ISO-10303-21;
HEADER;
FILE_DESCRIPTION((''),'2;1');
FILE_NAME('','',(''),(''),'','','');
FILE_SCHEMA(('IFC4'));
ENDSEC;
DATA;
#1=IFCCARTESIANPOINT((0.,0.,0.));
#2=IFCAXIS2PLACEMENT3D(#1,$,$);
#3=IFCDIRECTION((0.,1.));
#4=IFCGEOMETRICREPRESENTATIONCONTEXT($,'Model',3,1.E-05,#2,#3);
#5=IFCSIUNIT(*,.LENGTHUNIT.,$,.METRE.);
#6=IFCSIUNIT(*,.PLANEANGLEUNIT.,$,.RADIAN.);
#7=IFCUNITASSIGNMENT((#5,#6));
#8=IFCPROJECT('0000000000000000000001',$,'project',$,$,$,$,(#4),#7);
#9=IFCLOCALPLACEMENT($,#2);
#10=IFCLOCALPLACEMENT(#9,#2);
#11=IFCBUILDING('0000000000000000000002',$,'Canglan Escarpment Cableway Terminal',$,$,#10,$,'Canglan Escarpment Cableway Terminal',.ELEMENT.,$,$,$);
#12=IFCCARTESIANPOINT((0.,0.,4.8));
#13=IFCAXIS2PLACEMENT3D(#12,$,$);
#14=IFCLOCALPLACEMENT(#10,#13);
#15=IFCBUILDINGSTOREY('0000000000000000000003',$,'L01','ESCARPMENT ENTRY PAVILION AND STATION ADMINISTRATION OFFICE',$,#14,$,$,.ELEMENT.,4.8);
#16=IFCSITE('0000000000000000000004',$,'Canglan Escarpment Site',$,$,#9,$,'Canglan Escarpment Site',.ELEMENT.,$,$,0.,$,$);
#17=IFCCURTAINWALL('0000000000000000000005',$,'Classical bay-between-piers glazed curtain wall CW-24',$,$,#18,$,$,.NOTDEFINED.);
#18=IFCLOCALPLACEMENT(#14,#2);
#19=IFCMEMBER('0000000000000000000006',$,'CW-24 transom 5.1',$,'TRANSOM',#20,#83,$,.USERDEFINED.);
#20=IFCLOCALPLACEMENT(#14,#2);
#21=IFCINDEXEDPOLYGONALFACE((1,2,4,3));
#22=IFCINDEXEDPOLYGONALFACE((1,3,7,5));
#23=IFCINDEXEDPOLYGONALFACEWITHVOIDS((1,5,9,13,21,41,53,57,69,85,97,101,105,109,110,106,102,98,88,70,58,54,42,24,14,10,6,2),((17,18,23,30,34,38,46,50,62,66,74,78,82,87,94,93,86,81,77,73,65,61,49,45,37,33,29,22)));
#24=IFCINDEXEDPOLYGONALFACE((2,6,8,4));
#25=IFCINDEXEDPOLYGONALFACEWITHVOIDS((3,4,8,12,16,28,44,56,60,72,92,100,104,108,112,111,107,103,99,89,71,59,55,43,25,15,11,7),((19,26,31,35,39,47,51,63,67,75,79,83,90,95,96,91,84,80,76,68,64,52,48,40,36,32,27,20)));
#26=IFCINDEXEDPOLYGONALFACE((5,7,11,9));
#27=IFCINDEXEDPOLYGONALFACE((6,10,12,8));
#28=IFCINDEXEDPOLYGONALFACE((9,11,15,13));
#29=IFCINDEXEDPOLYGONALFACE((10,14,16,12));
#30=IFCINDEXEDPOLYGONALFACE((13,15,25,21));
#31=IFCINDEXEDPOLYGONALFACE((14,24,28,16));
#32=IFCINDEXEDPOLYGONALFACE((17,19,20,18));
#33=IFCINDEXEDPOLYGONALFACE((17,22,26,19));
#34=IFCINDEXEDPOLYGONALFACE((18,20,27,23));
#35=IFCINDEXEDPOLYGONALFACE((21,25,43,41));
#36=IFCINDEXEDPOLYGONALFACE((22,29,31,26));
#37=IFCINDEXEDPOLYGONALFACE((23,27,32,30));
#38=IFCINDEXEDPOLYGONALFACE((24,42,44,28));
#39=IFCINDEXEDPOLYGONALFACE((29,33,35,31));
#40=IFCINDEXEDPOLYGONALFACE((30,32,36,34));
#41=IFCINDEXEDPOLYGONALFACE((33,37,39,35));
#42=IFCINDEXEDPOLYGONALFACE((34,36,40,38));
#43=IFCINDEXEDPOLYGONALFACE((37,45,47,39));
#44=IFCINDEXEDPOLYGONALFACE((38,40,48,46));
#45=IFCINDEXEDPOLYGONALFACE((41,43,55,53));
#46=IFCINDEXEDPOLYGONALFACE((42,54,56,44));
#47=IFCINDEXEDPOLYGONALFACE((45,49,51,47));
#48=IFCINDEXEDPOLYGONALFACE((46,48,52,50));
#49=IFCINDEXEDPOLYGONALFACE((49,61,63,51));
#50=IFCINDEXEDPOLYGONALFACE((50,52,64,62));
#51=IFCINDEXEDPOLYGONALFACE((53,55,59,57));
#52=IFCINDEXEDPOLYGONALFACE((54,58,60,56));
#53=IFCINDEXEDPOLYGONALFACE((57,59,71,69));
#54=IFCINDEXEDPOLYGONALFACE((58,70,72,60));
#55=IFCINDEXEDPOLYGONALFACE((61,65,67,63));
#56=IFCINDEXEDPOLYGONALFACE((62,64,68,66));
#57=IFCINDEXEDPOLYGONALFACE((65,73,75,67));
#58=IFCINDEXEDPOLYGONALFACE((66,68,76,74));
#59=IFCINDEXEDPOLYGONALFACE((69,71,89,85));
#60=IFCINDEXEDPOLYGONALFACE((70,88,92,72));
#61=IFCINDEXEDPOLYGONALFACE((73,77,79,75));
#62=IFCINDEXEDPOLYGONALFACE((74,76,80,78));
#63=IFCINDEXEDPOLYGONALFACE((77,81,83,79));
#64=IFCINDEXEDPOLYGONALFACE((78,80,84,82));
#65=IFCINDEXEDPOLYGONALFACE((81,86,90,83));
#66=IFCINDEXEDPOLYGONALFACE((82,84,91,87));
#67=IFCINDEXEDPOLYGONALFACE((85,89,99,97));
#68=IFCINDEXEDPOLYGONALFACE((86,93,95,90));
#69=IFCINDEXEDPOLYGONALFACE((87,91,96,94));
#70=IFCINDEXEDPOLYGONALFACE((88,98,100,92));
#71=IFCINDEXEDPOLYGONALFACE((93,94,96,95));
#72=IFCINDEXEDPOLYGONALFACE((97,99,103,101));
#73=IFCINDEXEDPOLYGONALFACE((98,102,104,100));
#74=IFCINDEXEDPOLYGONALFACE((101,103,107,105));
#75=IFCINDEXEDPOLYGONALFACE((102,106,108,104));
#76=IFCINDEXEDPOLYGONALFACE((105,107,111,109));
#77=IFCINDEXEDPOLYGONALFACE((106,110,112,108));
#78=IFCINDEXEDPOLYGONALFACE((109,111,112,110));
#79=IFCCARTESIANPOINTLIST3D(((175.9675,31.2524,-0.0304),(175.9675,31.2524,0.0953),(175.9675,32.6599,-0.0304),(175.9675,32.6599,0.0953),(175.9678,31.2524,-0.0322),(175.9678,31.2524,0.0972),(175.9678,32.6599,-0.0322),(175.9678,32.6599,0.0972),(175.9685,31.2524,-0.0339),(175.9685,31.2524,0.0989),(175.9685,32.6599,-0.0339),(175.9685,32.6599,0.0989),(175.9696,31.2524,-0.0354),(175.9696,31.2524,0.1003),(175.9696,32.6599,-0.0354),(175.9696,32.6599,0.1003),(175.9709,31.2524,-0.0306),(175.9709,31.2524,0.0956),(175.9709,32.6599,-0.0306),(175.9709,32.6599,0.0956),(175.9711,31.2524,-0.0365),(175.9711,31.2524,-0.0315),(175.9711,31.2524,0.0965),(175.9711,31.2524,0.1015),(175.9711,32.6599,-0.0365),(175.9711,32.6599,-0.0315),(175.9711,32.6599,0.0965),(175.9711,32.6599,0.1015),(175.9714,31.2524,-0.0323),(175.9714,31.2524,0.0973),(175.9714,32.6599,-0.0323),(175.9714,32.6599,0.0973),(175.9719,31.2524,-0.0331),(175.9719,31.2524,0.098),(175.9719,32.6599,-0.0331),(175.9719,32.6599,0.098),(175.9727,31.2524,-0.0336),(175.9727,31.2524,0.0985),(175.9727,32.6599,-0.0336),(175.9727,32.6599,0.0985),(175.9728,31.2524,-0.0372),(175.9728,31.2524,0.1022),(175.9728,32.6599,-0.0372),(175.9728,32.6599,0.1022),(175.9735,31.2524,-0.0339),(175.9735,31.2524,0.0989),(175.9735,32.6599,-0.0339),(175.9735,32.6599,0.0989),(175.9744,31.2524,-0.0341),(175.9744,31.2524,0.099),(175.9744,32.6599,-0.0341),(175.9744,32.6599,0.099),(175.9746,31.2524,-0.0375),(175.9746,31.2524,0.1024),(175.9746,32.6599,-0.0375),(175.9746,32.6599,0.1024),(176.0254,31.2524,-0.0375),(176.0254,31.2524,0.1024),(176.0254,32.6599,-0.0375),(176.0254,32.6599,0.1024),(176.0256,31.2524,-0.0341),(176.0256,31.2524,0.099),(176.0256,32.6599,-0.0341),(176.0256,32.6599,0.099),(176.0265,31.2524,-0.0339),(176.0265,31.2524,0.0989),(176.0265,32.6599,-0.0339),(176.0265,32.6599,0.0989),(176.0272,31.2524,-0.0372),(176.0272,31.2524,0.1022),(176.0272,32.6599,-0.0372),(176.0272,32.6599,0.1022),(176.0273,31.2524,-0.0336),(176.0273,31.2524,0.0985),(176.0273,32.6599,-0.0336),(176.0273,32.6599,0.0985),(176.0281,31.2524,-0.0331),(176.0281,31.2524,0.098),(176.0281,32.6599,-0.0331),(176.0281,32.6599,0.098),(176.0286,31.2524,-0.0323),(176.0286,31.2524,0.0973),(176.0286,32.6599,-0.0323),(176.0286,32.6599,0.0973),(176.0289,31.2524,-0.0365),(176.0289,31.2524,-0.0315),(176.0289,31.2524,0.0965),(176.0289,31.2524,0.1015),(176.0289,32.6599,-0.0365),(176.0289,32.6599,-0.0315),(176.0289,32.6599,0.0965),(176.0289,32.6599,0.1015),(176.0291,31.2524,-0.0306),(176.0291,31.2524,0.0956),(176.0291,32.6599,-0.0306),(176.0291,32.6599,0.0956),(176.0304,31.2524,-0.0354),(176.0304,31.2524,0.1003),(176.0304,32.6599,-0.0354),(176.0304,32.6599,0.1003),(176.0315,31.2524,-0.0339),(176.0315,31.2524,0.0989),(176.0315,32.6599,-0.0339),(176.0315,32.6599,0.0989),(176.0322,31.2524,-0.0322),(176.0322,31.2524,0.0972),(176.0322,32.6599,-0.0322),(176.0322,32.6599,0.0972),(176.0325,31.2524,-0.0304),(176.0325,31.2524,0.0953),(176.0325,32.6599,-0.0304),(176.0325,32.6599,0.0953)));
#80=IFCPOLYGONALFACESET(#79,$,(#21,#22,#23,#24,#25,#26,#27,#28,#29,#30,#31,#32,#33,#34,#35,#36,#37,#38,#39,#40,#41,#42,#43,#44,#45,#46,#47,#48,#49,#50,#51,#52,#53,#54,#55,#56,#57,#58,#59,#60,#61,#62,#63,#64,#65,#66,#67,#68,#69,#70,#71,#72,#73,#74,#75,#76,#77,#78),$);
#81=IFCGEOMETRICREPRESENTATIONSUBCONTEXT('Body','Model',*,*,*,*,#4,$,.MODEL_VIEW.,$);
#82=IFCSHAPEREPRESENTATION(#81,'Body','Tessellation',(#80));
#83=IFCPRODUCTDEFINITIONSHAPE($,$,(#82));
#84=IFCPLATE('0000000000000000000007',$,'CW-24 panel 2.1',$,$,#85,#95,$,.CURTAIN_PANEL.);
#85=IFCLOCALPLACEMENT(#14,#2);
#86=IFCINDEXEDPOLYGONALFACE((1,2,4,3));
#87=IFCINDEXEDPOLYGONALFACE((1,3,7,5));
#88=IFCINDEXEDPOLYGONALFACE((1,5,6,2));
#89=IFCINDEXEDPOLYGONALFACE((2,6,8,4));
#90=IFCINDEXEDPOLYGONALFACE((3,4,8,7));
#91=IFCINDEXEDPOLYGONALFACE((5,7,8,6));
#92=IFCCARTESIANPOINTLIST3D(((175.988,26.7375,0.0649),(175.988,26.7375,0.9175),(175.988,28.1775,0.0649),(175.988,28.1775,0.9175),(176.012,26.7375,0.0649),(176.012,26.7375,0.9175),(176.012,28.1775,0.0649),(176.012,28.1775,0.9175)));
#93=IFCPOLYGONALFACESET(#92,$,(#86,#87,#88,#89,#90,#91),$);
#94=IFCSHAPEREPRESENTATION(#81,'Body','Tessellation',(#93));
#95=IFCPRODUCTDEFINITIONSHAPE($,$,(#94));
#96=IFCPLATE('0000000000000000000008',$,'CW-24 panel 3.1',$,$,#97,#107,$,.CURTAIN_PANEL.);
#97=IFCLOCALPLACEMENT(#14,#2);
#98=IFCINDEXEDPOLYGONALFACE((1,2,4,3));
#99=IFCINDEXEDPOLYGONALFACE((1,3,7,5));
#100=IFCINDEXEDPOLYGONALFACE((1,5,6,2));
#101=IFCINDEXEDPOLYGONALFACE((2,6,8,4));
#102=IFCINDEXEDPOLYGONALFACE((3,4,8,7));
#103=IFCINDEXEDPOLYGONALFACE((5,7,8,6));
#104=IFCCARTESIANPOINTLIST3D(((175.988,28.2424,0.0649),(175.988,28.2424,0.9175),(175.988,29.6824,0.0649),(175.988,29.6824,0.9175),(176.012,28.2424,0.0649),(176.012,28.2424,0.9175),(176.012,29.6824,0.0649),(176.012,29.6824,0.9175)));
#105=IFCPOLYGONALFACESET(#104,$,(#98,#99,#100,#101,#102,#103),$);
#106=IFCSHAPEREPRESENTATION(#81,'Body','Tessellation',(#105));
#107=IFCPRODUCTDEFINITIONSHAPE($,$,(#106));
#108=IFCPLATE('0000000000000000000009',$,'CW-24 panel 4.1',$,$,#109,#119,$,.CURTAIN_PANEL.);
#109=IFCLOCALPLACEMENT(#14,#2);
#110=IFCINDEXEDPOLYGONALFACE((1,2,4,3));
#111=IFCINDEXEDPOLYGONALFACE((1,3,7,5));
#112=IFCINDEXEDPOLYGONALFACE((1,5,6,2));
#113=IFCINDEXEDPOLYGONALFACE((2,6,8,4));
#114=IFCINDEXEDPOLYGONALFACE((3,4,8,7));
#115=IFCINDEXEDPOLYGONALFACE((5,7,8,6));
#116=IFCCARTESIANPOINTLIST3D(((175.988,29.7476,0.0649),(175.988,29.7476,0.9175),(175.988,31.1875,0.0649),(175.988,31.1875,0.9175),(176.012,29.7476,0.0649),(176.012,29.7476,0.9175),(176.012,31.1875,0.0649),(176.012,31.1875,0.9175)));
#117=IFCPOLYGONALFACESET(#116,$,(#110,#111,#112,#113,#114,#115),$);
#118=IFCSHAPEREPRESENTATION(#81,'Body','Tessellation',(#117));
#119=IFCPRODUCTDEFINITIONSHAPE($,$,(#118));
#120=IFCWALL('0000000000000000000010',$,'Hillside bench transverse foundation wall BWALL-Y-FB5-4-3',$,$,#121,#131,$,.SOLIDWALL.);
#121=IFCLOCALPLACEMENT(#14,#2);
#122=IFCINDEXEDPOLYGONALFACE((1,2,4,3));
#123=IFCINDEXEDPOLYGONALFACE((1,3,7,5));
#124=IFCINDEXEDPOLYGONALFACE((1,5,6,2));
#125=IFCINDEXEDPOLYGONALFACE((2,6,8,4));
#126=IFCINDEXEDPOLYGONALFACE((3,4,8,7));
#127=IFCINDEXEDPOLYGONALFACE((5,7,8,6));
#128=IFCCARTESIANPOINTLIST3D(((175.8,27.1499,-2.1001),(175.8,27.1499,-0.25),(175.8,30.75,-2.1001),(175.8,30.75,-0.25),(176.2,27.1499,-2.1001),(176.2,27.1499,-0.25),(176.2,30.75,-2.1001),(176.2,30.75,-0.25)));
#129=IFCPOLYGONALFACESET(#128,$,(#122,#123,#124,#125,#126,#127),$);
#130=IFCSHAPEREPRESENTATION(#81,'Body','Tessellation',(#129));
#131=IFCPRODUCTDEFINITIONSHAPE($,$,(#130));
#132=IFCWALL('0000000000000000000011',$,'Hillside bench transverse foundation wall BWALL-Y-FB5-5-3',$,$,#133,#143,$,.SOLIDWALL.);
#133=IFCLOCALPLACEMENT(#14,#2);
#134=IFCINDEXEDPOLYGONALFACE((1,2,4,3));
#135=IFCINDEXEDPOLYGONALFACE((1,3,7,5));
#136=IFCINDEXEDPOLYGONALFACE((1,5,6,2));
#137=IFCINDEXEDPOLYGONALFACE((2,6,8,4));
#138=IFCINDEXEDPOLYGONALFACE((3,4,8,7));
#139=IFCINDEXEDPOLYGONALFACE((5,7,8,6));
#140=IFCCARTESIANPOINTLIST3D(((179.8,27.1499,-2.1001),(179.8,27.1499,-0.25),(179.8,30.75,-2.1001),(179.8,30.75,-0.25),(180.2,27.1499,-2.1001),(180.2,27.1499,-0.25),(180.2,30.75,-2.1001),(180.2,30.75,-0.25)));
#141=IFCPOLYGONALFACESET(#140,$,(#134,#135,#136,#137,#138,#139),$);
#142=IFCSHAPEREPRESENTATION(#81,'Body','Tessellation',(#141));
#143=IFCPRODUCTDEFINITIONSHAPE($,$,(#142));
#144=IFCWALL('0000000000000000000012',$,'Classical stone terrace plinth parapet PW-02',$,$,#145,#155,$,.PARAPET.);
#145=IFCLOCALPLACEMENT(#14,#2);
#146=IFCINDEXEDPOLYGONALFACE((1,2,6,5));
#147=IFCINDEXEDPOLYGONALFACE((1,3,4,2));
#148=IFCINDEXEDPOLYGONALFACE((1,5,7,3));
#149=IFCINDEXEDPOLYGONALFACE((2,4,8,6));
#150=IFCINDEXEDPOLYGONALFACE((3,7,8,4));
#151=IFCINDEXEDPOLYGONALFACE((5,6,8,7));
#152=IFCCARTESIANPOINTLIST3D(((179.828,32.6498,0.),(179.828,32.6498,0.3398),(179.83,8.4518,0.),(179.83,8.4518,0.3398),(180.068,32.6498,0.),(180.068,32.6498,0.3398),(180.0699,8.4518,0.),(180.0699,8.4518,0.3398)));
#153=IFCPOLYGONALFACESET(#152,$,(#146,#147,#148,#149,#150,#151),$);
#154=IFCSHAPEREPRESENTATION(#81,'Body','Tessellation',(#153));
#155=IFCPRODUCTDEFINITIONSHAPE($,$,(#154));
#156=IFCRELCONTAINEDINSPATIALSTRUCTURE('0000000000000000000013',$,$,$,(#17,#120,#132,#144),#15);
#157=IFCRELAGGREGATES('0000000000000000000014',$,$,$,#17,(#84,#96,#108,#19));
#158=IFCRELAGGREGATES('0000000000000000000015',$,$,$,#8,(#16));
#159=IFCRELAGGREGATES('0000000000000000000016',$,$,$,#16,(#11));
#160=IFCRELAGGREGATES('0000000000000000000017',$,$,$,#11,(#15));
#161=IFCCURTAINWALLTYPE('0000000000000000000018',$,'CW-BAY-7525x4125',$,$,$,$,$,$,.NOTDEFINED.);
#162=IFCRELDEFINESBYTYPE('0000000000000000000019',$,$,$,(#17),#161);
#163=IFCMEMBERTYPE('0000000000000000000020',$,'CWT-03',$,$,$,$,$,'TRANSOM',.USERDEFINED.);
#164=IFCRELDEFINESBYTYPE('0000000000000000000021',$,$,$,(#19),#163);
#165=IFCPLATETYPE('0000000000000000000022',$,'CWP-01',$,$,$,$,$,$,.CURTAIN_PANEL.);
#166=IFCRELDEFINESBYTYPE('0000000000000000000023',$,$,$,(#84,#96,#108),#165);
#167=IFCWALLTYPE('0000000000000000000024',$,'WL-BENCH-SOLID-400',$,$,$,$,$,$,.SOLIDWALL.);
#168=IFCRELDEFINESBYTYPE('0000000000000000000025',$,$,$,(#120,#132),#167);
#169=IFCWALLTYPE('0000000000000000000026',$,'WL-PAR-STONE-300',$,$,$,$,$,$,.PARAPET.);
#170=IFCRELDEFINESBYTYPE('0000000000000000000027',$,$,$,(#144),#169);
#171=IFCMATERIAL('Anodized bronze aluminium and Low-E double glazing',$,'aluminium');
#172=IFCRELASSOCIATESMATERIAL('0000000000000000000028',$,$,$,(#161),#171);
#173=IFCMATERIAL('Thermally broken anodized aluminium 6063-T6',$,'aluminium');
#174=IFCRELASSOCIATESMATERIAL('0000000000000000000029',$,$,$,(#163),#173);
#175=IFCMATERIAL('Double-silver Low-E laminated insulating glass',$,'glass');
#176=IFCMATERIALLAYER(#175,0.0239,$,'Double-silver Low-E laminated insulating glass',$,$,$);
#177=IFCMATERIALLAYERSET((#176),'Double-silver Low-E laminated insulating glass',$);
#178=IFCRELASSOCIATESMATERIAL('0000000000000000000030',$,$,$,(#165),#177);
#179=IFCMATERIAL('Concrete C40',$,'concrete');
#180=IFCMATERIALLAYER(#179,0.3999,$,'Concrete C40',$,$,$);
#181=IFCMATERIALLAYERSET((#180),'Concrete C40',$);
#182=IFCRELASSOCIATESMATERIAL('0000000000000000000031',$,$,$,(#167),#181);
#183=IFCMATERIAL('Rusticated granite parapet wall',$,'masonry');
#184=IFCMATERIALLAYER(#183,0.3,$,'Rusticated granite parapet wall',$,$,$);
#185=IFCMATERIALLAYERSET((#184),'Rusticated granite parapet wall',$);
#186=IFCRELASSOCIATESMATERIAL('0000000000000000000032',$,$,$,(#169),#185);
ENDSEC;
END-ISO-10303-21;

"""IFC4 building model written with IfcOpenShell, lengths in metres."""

from ifc_helpers import new_model, si_unit, direction, frame, frame_2d, origin, origin_2d, place, context, subcontext, project, spatial, rectangle, hollow_rectangle, extrude, material, layer, layer_set, material_profile, profile_set, type_object, element, aggregate, save


model = new_model("IFC4")

# Units and contexts
model_context = context("Model", 3, precision=1e-05, world=origin(), true_north=direction((0.0, 1.0)))
body_context = subcontext(model_context, "Body", "Model", "MODEL_VIEW")
ifc_project = project(units=[si_unit("LENGTHUNIT", "METRE"), si_unit("PLANEANGLEUNIT", "RADIAN")], contexts=[model_context])

# Site, building, storey
site_placement = place(None, origin())
site = spatial("IfcSite", under=ifc_project, at=site_placement, Name="Canglan Escarpment Site", LongName="Canglan Escarpment Site", CompositionType="ELEMENT", RefElevation=0.0)
building_placement = place(site_placement, origin())
building = spatial("IfcBuilding", under=site, at=building_placement, Name="Canglan Escarpment Cableway Terminal", LongName="Canglan Escarpment Cableway Terminal", CompositionType="ELEMENT")
storey_placement = place(building_placement, frame((0.0, 0.0, 4.8)))
storey = spatial("IfcBuildingStorey", under=building, at=storey_placement, Name="L01", Description="ESCARPMENT ENTRY PAVILION AND STATION ADMINISTRATION OFFICE", CompositionType="ELEMENT", Elevation=4.8)

# Shared definitions
ifc_material_1 = material(Name="Concrete C40", Category="concrete")

# Curtain wall, member, plates
ifc_material_2 = material(Name="Anodized bronze aluminium and Low-E double glazing", Category="aluminium")
curtain_wall_type = type_object("IfcCurtainWallType", Name="CW-BAY-7525x4125", PredefinedType="NOTDEFINED", material=ifc_material_2)
curtain_wall_placement = place(storey_placement, origin())
curtain_wall = element("IfcCurtainWall", 1, at=curtain_wall_placement, inside=storey, type_object=curtain_wall_type, Name="Classical bay-between-piers glazed curtain wall CW-24", PredefinedType="NOTDEFINED")
ifc_material_3 = material(Name="Thermally broken anodized aluminium 6063-T6", Category="aluminium")
ifc_material_profile_1 = material_profile(ifc_material_3, hollow_rectangle(XDim=0.0649, YDim=0.1399, WallThickness=0.0034, InnerFilletRadius=0.0034, OuterFilletRadius=0.0071, at=origin_2d()), Name="ALU-TRAN 65x140x3.5")
ifc_profile_set_1 = profile_set([ifc_material_profile_1], Name="Thermally broken anodized aluminium 6063-T6")
member_type_1 = type_object("IfcMemberType", Name="CWT-03", ElementType="TRANSOM", PredefinedType="USERDEFINED", material=ifc_profile_set_1)
member_1_placement = place(storey_placement, frame((176.0, 31.2524, 0.0325), z_axis=(0.0, 1.0, 0.0), x_axis=(-1.0, 0.0, 0.0)))
member_1 = element("IfcMember", 2, at=member_1_placement, type_object=member_type_1, Name="CW-24 transom 5.1", ObjectType="TRANSOM", PredefinedType="USERDEFINED", context=body_context, shape_type="SweptSolid", body=[
    extrude(hollow_rectangle(XDim=0.0649, YDim=0.1399, WallThickness=0.0034, InnerFilletRadius=0.0034, OuterFilletRadius=0.0071, at=origin_2d()), origin(), (0.0, 0.0, 1.0), 1.4075),
])
ifc_material_4 = material(Name="Double-silver Low-E laminated insulating glass", Category="glass")
ifc_layer_1 = layer(ifc_material_4, 0.0239, Name="Double-silver Low-E laminated insulating glass")
ifc_layer_set_1 = layer_set([ifc_layer_1], Name="Double-silver Low-E laminated insulating glass")
plate_type = type_object("IfcPlateType", Name="CWP-01", PredefinedType="CURTAIN_PANEL", material=ifc_layer_set_1)
plate_1_placement = place(storey_placement, frame((176.0, 27.4575, 0.0649), z_axis=(0.0, 0.0, 1.0), x_axis=(0.0, 1.0, 0.0)))
plate_1 = element("IfcPlate", 3, at=plate_1_placement, type_object=plate_type, Name="CW-24 panel 2.1", PredefinedType="CURTAIN_PANEL", context=body_context, shape_type="SweptSolid", body=[
    extrude(rectangle(XDim=1.4399, YDim=0.0239, at=origin_2d()), origin(), (0.0, 0.0, 1.0), 0.8525),
])
plate_2_placement = place(storey_placement, frame((176.0, 28.9624, 0.0649), z_axis=(0.0, 0.0, 1.0), x_axis=(0.0, 1.0, 0.0)))
plate_2 = element("IfcPlate", 4, at=plate_2_placement, type_object=plate_type, Name="CW-24 panel 3.1", PredefinedType="CURTAIN_PANEL", context=body_context, shape_type="SweptSolid", body=[
    extrude(rectangle(XDim=1.4399, YDim=0.0239, at=origin_2d()), origin(), (0.0, 0.0, 1.0), 0.8525),
])
plate_3_placement = place(storey_placement, frame((176.0, 30.4675, 0.0649), z_axis=(0.0, 0.0, 1.0), x_axis=(0.0, 1.0, 0.0)))
plate_3 = element("IfcPlate", 5, at=plate_3_placement, type_object=plate_type, Name="CW-24 panel 4.1", PredefinedType="CURTAIN_PANEL", context=body_context, shape_type="SweptSolid", body=[
    extrude(rectangle(XDim=1.4399, YDim=0.0239, at=origin_2d()), origin(), (0.0, 0.0, 1.0), 0.8525),
])
aggregate(curtain_wall, [plate_1, plate_2, plate_3, member_1])

# Walls
ifc_layer_2 = layer(ifc_material_1, 0.3999, Name="Concrete C40")
ifc_layer_set_2 = layer_set([ifc_layer_2], Name="Concrete C40")
wall_type_1 = type_object("IfcWallType", Name="WL-BENCH-SOLID-400", PredefinedType="SOLIDWALL", material=ifc_layer_set_2)
for number, where, z_axis, x_axis, name in (
    (6, (176.0, 27.1499, -2.1001), (0.0, 0.0, 1.0), (0.0, 1.0, 0.0), "Hillside bench transverse foundation wall BWALL-Y-FB5-4-3"),
    (7, (180.0, 27.1499, -2.1001), (0.0, 0.0, 1.0), (0.0, 1.0, 0.0), "Hillside bench transverse foundation wall BWALL-Y-FB5-5-3"),
):
    element("IfcWall", number, at=place(storey_placement, frame(where, z_axis=z_axis, x_axis=x_axis)), inside=storey, type_object=wall_type_1, Name=name, PredefinedType="SOLIDWALL", context=body_context, shape_type="SweptSolid", body=[
        extrude(rectangle(XDim=3.6001, YDim=0.3999, at=frame_2d((1.8, 0.0))), origin(), (0.0, 0.0, 1.0), 1.8501),
    ])
ifc_material_5 = material(Name="Rusticated granite parapet wall", Category="masonry")
ifc_layer_3 = layer(ifc_material_5, 0.3, Name="Rusticated granite parapet wall")
ifc_layer_set_3 = layer_set([ifc_layer_3], Name="Rusticated granite parapet wall")
wall_type_2 = type_object("IfcWallType", Name="WL-PAR-STONE-300", PredefinedType="PARAPET", material=ifc_layer_set_3)
wall_placement = place(storey_placement, frame((179.948, 32.6499, 0.0), z_axis=(0.0, 0.0, 1.0), x_axis=(0.000081, -1.0, 0.0)))
element("IfcWall", 8, at=wall_placement, inside=storey, type_object=wall_type_2, Name="Classical stone terrace plinth parapet PW-02", PredefinedType="PARAPET", context=body_context, shape_type="SweptSolid", body=[
    extrude(rectangle(XDim=24.198, YDim=0.24, at=frame_2d((12.0991, 0.0))), origin(), (0.0, 0.0, 1.0), 0.3398),
])

save(model, "model.ifc")
